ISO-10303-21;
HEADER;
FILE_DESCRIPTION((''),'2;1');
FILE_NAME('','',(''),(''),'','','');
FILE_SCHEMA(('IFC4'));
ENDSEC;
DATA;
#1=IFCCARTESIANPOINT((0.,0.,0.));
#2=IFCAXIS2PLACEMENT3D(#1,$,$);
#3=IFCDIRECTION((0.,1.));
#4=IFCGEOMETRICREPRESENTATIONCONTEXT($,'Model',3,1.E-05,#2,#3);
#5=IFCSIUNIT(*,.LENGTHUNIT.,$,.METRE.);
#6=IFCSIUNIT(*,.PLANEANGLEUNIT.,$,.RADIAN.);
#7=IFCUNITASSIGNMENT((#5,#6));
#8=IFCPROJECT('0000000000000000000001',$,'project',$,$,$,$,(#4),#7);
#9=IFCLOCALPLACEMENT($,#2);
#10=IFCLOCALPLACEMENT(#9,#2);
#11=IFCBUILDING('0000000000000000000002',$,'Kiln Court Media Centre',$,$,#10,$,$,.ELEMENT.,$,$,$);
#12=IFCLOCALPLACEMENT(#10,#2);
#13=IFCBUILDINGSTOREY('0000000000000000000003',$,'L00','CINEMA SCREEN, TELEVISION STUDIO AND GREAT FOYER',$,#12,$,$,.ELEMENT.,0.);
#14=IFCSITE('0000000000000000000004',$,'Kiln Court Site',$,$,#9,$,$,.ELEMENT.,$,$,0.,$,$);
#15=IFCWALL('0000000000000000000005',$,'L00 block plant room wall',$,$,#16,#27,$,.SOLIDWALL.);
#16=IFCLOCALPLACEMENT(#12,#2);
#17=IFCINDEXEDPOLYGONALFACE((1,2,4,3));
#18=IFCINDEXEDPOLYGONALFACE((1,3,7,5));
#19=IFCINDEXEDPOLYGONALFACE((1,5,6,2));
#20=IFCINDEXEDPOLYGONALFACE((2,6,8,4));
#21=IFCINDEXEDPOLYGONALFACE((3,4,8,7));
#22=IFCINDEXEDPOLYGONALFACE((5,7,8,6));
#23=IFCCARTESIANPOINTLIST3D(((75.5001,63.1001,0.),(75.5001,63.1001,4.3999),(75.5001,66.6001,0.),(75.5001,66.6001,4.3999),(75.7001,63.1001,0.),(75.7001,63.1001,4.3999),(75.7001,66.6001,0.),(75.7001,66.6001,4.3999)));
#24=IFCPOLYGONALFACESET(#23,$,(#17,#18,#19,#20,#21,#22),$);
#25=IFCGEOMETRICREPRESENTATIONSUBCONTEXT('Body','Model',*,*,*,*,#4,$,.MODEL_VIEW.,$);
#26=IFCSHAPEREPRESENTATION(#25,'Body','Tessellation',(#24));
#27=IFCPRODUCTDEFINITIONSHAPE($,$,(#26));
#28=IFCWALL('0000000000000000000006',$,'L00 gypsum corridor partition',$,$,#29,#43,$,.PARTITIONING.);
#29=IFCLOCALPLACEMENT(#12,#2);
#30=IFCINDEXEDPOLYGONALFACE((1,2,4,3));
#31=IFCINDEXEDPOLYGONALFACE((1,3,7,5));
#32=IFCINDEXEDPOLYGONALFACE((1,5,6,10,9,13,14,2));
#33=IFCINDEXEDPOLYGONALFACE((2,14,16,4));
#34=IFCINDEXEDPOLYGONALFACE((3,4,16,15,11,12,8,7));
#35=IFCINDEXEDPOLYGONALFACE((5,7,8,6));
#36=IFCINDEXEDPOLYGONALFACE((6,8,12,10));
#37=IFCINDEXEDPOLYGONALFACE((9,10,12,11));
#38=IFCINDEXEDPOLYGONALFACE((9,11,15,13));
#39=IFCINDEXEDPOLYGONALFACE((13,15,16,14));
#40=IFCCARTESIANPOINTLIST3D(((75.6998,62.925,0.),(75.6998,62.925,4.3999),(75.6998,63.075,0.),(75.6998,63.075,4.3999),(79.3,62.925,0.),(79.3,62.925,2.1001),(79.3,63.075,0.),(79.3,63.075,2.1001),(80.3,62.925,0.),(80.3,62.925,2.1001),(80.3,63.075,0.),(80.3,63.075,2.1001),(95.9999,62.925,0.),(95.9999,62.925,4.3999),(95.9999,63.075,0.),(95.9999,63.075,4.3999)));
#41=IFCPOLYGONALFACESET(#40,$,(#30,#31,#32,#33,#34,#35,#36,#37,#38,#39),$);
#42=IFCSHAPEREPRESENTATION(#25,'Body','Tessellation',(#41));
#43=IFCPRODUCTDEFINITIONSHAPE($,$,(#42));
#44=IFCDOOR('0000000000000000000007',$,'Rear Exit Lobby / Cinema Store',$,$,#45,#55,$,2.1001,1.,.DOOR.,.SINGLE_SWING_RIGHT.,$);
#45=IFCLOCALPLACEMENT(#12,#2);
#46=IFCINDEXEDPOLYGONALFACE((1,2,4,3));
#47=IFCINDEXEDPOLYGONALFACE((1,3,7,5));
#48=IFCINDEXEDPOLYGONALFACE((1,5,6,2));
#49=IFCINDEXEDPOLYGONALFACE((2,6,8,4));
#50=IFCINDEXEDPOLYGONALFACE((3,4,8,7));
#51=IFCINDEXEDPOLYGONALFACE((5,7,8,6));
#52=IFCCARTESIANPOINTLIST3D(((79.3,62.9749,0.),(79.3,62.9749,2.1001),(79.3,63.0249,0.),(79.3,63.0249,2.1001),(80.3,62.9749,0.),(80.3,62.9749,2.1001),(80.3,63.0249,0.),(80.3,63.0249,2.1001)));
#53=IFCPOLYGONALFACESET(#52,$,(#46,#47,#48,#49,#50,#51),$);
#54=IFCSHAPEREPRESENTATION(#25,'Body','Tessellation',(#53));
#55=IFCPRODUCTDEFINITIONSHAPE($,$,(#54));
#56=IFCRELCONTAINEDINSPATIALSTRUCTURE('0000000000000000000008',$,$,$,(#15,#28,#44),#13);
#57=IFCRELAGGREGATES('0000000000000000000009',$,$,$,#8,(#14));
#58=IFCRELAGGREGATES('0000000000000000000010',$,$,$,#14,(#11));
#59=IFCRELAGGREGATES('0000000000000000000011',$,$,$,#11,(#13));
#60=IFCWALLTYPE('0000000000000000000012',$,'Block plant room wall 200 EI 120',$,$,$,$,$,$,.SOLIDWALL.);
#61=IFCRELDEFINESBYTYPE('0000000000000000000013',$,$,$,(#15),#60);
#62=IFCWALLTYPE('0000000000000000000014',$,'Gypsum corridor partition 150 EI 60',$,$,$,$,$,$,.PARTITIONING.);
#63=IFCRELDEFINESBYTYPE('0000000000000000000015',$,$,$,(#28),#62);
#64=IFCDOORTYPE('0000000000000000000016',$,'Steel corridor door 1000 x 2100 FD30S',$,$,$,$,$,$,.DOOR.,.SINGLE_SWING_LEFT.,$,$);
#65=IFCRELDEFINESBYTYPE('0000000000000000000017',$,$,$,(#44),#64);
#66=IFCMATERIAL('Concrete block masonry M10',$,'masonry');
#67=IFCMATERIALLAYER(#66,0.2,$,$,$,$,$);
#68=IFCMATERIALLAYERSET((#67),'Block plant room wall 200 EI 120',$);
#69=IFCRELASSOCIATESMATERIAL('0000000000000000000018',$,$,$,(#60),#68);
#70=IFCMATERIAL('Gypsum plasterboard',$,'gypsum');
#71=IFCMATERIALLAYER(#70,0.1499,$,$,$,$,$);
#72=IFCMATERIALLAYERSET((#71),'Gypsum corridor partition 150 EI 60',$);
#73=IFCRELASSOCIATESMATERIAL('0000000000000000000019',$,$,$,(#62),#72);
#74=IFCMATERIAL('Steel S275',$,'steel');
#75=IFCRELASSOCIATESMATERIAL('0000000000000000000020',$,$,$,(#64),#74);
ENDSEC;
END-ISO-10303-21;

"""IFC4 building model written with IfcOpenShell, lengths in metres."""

from ifc_helpers import new_model, si_unit, direction, frame, frame_2d, origin, place, context, subcontext, project, spatial, rectangle, extrude, material, layer, layer_set, type_object, element, fill, save


model = new_model("IFC4")

# Units and contexts
model_context = context("Model", 3, precision=1e-05, world=origin(), true_north=direction((0.0, 1.0)))
body_context = subcontext(model_context, "Body", "Model", "MODEL_VIEW")
ifc_project = project(units=[si_unit("LENGTHUNIT", "METRE"), si_unit("PLANEANGLEUNIT", "RADIAN")], contexts=[model_context])

# Site, building, storey
site_placement = place(None, origin())
site = spatial("IfcSite", under=ifc_project, at=site_placement, Name="Kiln Court Site", CompositionType="ELEMENT", RefElevation=0.0)
building_placement = place(site_placement, origin())
building = spatial("IfcBuilding", under=site, at=building_placement, Name="Kiln Court Media Centre", CompositionType="ELEMENT")
storey_placement = place(building_placement, origin())
storey = spatial("IfcBuildingStorey", under=building, at=storey_placement, Name="L00", Description="CINEMA SCREEN, TELEVISION STUDIO AND GREAT FOYER", CompositionType="ELEMENT", Elevation=0.0)

# Wall
ifc_material_1 = material(Name="Concrete block masonry M10", Category="masonry")
ifc_layer_1 = layer(ifc_material_1, 0.2)
ifc_layer_set_1 = layer_set([ifc_layer_1], Name="Block plant room wall 200 EI 120")
wall_type_1 = type_object("IfcWallType", Name="Block plant room wall 200 EI 120", PredefinedType="SOLIDWALL", material=ifc_layer_set_1)
wall_1_placement = place(storey_placement, frame((75.6001, 63.1001, 0.0), z_axis=(0.0, 0.0, 1.0), x_axis=(0.0, 1.0, 0.0)))
element("IfcWall", 1, at=wall_1_placement, inside=storey, type_object=wall_type_1, Name="L00 block plant room wall", PredefinedType="SOLIDWALL", context=body_context, shape_type="SweptSolid", body=[
    extrude(rectangle(XDim=3.5, YDim=0.2, at=frame_2d((1.75, 0.0))), origin(), (0.0, 0.0, 1.0), 4.3999),
])

# Wall, opening, door
ifc_material_2 = material(Name="Gypsum plasterboard", Category="gypsum")
ifc_layer_2 = layer(ifc_material_2, 0.1499)
ifc_layer_set_2 = layer_set([ifc_layer_2], Name="Gypsum corridor partition 150 EI 60")
wall_type_2 = type_object("IfcWallType", Name="Gypsum corridor partition 150 EI 60", PredefinedType="PARTITIONING", material=ifc_layer_set_2)
wall_2_placement = place(storey_placement, frame((75.7, 63.0, 0.0), z_axis=(0.0, 0.0, 1.0), x_axis=(1.0, 0.0, 0.0)))
wall_2 = element("IfcWall", 2, at=wall_2_placement, inside=storey, type_object=wall_type_2, Name="L00 gypsum corridor partition", PredefinedType="PARTITIONING", context=body_context, shape_type="SweptSolid", body=[
    extrude(rectangle(XDim=20.3, YDim=0.1499, at=frame_2d((10.1499, 0.0))), origin(), (0.0, 0.0, 1.0), 4.3999),
])
opening_placement = place(wall_2_placement, frame((3.6001, 0.0, 0.0)))
opening = element("IfcOpeningElement", 3, at=opening_placement, cuts=wall_2, PredefinedType="OPENING", context=body_context, shape_type="SweptSolid", body=[
    extrude(rectangle(XDim=1.0, YDim=2.1001, at=frame_2d((0.5, 1.05))), frame((0.0, 0.085, 0.0), z_axis=(0.0, -1.0, 0.0), x_axis=(1.0, 0.0, 0.0)), (0.0, 0.0, 1.0), 0.1699),
])
ifc_material_3 = material(Name="Steel S275", Category="steel")
door_type = type_object("IfcDoorType", Name="Steel corridor door 1000 x 2100 FD30S", OperationType="SINGLE_SWING_LEFT", PredefinedType="DOOR", material=ifc_material_3)
door_placement = place(opening_placement, origin())
door = element("IfcDoor", 4, at=door_placement, inside=storey, type_object=door_type, Name="Rear Exit Lobby / Cinema Store", OperationType="SINGLE_SWING_RIGHT", OverallHeight=2.1001, OverallWidth=1.0, PredefinedType="DOOR", context=body_context, shape_type="SweptSolid", body=[
    extrude(rectangle(XDim=1.0, YDim=2.1001, at=frame_2d((0.5, 1.05))), frame((0.0, 0.0249, 0.0), z_axis=(0.0, -1.0, 0.0), x_axis=(1.0, 0.0, 0.0)), (0.0, 0.0, 1.0), 0.05),
])
fill(opening, door)

save(model, "model.ifc")
